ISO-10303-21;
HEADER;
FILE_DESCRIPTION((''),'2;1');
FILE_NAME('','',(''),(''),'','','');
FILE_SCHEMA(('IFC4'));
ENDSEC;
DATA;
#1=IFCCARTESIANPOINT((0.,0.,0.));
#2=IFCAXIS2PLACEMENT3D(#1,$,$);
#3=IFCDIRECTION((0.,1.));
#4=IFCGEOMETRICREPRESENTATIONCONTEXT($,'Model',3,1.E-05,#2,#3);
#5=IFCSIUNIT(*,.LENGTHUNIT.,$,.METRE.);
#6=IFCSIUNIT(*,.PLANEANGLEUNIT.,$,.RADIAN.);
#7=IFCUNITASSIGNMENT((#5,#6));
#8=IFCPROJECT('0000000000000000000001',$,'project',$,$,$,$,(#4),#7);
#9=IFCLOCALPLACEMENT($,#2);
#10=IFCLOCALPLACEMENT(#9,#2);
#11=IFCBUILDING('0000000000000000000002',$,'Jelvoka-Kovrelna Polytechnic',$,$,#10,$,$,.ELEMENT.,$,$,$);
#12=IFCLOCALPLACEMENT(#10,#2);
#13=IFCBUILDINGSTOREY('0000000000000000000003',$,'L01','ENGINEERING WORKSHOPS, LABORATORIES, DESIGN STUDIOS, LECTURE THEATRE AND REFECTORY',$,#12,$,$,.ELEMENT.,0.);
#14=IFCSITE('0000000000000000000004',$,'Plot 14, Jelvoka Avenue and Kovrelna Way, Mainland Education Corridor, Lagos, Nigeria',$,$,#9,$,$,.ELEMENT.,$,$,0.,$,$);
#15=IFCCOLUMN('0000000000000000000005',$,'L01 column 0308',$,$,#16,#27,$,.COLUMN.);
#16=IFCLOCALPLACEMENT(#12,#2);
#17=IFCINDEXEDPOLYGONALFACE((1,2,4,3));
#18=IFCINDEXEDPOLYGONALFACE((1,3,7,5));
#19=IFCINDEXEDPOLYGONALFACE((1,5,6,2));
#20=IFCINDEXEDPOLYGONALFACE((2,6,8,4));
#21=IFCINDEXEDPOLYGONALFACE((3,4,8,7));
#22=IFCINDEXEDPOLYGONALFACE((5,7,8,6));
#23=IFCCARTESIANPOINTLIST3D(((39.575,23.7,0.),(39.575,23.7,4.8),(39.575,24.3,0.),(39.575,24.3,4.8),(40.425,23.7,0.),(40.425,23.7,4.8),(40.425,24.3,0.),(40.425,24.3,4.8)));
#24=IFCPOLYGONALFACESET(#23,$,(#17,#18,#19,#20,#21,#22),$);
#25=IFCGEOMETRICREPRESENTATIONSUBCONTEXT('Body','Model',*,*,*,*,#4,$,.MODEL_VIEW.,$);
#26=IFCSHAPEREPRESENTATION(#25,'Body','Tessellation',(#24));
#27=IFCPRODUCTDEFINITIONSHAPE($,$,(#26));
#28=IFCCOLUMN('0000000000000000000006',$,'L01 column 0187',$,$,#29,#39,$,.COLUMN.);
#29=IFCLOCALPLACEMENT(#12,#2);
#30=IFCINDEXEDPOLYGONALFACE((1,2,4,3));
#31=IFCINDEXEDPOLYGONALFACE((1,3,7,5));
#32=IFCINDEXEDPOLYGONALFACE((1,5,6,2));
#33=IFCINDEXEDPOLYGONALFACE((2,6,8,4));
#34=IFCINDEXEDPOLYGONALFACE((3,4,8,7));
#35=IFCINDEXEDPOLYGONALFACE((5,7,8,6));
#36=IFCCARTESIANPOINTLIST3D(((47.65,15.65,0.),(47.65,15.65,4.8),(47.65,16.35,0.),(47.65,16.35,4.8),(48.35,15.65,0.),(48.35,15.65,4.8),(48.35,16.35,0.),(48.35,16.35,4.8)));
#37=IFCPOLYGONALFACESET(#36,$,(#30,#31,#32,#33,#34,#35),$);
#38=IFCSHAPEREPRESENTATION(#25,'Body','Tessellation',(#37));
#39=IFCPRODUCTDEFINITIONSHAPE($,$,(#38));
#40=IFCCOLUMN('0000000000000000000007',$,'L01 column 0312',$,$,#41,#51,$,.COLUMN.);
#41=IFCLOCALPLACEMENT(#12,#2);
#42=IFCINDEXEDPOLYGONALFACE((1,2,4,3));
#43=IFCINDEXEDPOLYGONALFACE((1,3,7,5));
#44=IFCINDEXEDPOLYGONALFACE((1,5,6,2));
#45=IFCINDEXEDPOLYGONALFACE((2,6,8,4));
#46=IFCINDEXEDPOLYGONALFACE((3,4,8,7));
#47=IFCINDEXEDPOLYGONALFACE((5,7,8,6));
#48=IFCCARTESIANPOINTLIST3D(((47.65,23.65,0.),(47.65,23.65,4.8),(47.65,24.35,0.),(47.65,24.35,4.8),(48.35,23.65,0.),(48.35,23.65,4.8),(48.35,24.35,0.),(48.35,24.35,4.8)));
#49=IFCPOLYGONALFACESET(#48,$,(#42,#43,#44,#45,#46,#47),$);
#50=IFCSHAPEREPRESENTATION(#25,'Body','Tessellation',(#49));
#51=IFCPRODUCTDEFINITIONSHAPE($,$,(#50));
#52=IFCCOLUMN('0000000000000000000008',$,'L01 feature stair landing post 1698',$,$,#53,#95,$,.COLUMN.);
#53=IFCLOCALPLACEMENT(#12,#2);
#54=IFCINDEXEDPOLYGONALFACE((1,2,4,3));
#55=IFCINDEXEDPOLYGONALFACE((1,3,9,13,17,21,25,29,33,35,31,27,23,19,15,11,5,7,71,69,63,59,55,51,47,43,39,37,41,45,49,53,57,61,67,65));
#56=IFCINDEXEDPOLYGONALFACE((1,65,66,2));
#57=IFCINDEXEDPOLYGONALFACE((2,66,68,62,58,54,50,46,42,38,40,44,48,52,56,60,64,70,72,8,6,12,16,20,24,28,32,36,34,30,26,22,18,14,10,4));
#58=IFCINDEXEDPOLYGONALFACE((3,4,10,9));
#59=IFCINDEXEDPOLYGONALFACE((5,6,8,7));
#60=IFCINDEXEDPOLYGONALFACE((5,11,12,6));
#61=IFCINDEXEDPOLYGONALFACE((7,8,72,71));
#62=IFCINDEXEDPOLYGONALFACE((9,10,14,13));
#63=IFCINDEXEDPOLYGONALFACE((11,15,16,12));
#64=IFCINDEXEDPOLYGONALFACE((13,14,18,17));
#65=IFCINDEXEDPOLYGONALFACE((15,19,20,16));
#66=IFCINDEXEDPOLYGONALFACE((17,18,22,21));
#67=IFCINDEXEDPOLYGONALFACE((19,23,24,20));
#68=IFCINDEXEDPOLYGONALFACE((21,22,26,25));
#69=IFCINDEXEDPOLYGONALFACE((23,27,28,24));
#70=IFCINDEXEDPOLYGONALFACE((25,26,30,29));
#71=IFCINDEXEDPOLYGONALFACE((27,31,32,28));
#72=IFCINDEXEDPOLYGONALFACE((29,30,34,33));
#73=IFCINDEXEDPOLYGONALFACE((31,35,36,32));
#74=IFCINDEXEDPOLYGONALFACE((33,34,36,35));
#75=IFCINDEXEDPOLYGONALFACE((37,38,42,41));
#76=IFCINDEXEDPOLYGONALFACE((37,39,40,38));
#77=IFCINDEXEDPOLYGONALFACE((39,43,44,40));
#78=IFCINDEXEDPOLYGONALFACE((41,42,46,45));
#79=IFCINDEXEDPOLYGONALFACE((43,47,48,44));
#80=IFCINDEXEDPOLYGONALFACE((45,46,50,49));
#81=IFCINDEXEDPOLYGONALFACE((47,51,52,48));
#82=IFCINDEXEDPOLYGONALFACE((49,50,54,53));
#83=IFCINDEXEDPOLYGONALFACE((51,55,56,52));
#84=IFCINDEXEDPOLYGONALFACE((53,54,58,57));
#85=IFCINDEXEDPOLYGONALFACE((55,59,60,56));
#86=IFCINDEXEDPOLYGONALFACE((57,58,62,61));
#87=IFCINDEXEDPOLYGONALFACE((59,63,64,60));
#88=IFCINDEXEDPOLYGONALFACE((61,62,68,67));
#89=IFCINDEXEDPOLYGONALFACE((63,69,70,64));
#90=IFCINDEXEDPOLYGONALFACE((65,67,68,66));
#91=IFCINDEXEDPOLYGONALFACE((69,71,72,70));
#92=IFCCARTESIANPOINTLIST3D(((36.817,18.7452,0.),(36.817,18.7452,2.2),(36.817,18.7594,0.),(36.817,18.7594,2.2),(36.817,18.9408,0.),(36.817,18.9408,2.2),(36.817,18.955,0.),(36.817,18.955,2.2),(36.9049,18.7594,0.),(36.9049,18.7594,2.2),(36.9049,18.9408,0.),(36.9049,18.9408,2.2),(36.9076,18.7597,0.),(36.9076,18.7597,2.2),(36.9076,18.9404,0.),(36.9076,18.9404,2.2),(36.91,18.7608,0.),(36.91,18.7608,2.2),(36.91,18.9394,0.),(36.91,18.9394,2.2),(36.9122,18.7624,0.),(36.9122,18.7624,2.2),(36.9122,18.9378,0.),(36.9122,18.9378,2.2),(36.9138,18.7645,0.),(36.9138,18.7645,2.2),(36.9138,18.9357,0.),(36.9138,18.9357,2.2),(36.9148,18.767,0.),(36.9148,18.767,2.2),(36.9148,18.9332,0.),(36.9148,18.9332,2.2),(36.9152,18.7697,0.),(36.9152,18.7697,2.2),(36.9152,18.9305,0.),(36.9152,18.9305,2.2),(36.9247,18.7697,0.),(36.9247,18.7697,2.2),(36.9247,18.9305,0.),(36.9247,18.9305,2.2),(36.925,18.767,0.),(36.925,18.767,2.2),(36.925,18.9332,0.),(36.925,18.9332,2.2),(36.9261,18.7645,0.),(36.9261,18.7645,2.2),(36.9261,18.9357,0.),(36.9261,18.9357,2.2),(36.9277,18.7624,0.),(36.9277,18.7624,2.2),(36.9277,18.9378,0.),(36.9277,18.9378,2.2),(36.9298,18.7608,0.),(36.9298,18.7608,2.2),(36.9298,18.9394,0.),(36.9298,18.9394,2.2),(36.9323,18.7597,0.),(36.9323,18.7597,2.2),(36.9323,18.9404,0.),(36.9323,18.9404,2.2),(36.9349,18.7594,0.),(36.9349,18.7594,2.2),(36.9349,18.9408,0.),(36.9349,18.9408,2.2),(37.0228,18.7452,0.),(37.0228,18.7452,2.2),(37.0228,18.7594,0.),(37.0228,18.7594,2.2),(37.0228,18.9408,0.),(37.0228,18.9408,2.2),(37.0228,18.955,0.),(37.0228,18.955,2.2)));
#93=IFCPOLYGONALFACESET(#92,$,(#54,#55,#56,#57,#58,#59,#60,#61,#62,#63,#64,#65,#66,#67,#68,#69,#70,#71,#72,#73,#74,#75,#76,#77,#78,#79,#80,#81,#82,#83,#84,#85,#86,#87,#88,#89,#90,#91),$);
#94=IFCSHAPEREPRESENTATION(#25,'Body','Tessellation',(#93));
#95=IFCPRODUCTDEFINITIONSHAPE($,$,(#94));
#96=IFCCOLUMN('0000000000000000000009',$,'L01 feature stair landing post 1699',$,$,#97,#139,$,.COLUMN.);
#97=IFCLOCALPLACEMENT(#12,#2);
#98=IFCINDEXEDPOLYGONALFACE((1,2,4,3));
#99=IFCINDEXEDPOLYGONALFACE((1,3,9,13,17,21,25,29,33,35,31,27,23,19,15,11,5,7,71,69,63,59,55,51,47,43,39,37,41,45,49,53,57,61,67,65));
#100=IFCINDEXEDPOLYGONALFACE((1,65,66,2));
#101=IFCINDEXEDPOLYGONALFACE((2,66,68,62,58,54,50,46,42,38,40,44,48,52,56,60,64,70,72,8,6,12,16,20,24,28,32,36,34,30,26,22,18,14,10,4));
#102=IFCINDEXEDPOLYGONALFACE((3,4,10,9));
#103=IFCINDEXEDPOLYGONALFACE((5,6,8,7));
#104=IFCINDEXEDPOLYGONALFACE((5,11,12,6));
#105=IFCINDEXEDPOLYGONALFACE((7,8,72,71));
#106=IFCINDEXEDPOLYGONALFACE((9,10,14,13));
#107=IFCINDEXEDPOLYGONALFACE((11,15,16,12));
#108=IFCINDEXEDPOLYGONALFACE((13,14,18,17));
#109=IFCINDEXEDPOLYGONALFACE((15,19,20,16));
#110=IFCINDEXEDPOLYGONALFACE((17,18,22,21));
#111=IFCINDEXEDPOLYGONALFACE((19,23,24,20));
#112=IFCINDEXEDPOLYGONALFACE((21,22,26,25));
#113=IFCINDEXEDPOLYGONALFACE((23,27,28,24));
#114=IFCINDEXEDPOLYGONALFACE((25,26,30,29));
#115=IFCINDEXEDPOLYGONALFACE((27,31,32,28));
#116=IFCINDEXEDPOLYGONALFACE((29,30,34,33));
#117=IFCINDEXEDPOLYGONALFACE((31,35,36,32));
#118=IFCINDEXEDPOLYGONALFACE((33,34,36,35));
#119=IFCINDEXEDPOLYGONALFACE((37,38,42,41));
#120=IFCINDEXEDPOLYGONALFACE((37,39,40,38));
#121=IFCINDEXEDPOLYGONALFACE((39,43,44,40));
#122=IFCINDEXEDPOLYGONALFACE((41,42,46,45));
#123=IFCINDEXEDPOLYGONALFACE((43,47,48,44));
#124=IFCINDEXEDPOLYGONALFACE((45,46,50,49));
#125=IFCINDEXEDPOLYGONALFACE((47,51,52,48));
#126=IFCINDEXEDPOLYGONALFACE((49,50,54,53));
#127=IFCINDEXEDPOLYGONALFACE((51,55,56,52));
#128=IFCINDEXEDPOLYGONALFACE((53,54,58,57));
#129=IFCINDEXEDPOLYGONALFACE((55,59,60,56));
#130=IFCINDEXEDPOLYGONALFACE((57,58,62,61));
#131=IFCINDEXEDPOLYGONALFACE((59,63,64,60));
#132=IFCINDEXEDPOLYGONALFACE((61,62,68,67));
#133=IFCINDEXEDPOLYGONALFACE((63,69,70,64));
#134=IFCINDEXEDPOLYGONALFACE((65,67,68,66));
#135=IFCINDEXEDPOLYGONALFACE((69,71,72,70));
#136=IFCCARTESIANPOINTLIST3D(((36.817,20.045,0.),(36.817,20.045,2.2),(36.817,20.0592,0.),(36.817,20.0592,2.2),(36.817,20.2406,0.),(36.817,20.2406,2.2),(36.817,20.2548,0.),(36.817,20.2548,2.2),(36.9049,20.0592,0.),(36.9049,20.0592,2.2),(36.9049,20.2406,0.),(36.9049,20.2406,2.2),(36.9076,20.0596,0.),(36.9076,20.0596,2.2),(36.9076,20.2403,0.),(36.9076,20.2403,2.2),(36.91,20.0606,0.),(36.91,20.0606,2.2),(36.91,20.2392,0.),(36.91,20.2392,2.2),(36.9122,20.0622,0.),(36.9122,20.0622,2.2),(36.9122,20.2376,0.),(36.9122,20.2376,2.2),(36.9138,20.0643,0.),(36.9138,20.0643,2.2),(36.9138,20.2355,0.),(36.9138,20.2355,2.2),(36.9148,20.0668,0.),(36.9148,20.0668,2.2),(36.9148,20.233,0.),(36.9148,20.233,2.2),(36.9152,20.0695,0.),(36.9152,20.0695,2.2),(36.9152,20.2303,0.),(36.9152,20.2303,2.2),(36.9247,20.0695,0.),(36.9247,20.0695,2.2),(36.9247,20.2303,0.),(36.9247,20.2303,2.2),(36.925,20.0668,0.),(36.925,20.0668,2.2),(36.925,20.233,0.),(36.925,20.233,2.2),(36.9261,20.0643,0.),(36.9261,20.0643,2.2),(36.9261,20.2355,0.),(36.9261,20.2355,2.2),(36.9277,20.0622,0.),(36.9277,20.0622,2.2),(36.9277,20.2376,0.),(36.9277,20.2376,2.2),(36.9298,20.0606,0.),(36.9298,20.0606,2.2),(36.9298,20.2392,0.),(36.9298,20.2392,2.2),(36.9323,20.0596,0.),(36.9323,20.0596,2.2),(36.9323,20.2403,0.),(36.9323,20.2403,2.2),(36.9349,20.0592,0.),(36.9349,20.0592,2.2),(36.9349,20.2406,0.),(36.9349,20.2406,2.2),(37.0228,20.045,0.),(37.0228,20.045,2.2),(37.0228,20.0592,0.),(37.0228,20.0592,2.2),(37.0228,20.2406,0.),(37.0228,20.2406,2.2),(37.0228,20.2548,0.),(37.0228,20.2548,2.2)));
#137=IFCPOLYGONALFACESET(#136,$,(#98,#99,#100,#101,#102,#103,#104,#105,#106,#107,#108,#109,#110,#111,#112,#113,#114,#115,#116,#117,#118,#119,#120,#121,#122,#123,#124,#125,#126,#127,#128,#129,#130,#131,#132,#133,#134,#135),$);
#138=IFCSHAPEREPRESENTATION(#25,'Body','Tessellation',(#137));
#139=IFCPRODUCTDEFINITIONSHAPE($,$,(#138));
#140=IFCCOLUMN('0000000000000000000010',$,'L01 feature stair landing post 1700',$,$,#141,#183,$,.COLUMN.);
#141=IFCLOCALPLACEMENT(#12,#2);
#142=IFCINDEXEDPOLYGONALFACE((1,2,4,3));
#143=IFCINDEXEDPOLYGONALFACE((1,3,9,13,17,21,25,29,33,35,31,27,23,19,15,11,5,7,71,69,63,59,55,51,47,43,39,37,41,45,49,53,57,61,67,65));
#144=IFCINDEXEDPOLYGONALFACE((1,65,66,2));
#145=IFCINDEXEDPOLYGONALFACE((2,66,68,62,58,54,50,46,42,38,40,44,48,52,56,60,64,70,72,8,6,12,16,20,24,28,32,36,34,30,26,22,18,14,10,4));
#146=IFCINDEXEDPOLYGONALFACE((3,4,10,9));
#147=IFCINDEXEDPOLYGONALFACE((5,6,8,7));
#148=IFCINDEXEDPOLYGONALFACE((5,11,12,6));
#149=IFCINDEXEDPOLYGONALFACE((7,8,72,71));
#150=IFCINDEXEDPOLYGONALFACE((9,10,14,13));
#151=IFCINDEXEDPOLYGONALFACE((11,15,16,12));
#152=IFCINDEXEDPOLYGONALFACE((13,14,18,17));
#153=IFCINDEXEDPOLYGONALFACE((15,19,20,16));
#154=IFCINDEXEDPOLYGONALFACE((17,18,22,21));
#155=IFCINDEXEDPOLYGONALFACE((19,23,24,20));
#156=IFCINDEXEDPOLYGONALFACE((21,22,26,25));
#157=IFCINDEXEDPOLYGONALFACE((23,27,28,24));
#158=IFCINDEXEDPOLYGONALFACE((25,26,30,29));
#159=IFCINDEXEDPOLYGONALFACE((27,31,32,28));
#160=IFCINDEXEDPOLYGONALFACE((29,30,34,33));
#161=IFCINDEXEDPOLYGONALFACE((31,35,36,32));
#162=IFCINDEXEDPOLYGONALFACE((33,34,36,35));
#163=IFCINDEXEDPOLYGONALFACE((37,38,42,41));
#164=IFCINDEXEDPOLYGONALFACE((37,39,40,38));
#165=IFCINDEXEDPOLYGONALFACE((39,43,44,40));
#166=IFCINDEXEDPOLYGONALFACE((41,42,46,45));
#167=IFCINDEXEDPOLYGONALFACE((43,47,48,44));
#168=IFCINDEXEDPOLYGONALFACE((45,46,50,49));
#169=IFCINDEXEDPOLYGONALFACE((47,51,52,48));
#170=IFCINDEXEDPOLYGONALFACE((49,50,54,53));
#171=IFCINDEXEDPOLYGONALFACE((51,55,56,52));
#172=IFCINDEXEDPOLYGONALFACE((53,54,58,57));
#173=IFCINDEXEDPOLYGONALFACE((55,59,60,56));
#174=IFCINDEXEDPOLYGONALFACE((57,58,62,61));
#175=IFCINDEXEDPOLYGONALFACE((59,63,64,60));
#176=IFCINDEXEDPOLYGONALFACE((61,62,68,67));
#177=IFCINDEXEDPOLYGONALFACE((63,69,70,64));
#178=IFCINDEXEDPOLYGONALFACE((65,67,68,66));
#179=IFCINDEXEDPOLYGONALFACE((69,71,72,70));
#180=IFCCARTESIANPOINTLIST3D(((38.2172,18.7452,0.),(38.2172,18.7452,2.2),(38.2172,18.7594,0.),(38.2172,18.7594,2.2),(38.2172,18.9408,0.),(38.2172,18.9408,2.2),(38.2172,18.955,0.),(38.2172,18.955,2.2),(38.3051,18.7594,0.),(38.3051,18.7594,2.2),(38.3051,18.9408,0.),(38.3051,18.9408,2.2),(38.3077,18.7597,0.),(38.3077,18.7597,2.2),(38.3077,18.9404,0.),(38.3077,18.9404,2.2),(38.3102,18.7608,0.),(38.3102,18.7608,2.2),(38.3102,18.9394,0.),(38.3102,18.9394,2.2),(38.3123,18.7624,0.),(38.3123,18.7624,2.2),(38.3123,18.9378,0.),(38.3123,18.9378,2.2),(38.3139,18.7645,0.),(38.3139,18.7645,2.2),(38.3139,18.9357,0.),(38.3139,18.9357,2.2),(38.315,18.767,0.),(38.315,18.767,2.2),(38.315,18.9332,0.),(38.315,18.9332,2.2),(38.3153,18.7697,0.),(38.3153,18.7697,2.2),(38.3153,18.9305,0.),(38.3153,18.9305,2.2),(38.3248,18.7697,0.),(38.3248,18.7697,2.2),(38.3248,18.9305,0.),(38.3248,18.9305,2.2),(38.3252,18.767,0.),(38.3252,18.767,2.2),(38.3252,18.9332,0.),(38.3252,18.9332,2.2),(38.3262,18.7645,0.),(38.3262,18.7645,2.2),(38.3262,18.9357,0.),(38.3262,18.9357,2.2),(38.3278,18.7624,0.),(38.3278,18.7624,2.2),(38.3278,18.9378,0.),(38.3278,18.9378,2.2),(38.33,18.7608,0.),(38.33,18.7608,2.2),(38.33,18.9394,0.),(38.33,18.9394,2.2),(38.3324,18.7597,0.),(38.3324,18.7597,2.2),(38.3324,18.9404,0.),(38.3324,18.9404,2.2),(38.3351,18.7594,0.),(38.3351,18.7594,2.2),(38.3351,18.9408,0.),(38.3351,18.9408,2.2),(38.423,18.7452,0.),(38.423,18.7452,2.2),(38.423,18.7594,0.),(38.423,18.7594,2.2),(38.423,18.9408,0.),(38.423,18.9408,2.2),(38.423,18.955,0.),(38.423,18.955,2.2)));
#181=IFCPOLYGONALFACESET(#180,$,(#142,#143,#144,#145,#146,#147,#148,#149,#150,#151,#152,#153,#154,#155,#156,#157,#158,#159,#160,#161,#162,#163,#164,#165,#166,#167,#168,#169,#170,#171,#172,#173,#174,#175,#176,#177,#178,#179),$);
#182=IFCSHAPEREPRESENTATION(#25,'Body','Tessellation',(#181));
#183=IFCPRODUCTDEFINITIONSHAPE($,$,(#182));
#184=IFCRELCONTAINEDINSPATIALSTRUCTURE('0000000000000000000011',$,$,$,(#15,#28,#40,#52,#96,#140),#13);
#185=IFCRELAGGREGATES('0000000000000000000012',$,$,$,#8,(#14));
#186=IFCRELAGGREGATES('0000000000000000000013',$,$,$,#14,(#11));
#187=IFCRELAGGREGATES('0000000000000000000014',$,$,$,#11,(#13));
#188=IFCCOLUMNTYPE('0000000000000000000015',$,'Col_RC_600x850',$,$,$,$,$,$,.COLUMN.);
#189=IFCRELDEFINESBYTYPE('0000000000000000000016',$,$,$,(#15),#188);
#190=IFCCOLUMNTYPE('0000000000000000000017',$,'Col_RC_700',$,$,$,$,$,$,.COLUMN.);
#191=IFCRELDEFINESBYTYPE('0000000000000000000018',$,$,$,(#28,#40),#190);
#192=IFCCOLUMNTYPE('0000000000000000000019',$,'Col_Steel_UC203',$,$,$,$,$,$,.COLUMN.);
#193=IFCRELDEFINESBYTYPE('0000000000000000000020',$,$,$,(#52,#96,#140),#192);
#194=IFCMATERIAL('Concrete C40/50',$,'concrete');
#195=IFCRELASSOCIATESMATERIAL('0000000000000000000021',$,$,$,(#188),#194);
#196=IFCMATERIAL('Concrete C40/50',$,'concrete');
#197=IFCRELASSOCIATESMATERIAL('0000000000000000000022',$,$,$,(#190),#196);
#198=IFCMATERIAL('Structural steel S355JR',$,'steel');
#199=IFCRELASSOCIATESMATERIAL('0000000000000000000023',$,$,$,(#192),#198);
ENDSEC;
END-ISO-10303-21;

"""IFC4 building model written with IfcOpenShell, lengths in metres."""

from ifc_helpers import new_model, si_unit, direction, frame, origin, origin_2d, place, context, subcontext, project, spatial, rectangle, i_section, extrude, material, material_profile, profile_set, type_object, element, save


model = new_model("IFC4")

# Units and contexts
model_context = context("Model", 3, precision=1e-05, world=origin(), true_north=direction((0.0, 1.0)))
body_context = subcontext(model_context, "Body", "Model", "MODEL_VIEW")
ifc_project = project(units=[si_unit("LENGTHUNIT", "METRE"), si_unit("PLANEANGLEUNIT", "RADIAN")], contexts=[model_context])

# Site, building, storey
site_placement = place(None, origin())
site = spatial("IfcSite", under=ifc_project, at=site_placement, Name="Plot 14, Jelvoka Avenue and Kovrelna Way, Mainland Education Corridor, Lagos, Nigeria", CompositionType="ELEMENT", RefElevation=0.0)
building_placement = place(site_placement, origin())
building = spatial("IfcBuilding", under=site, at=building_placement, Name="Jelvoka-Kovrelna Polytechnic", CompositionType="ELEMENT")
storey_placement = place(building_placement, origin())
storey = spatial("IfcBuildingStorey", under=building, at=storey_placement, Name="L01", Description="ENGINEERING WORKSHOPS, LABORATORIES, DESIGN STUDIOS, LECTURE THEATRE AND REFECTORY", CompositionType="ELEMENT", Elevation=0.0)

# Columns
ifc_material_1 = material(Name="Concrete C40/50", Category="concrete")
ifc_material_profile_1 = material_profile(ifc_material_1, rectangle(XDim=0.6001, YDim=0.8501, at=origin_2d()), Name="RC 600x850")
ifc_profile_set_1 = profile_set([ifc_material_profile_1], Name="Concrete C40/50")
column_type_1 = type_object("IfcColumnType", Name="Col_RC_600x850", PredefinedType="COLUMN", material=ifc_profile_set_1)
column_placement = place(storey_placement, frame((40.0, 24.0, 0.0), z_axis=(0.0, 0.0, 1.0), x_axis=(0.0, 1.0, 0.0)))
element("IfcColumn", 1, at=column_placement, inside=storey, type_object=column_type_1, Name="L01 column 0308", PredefinedType="COLUMN", context=body_context, shape_type="SweptSolid", body=[
    extrude(rectangle(XDim=0.6001, YDim=0.8501, at=origin_2d()), origin(), (0.0, 0.0, 1.0), 4.8),
])
ifc_material_2 = material(Name="Concrete C40/50", Category="concrete")
ifc_material_profile_2 = material_profile(ifc_material_2, rectangle(XDim=0.7, YDim=0.7, at=origin_2d()), Name="RC 700x700")
ifc_profile_set_2 = profile_set([ifc_material_profile_2], Name="Concrete C40/50")
column_type_2 = type_object("IfcColumnType", Name="Col_RC_700", PredefinedType="COLUMN", material=ifc_profile_set_2)
for number, where, z_axis, x_axis, name in (
    (2, (48.0, 16.0, 0.0), (0.0, 0.0, 1.0), (1.0, 0.0, 0.0), "L01 column 0187"),
    (3, (48.0, 24.0, 0.0), (0.0, 0.0, 1.0), (1.0, 0.0, 0.0), "L01 column 0312"),
):
    element("IfcColumn", number, at=place(storey_placement, frame(where, z_axis=z_axis, x_axis=x_axis)), inside=storey, type_object=column_type_2, Name=name, PredefinedType="COLUMN", context=body_context, shape_type="SweptSolid", body=[
        extrude(rectangle(XDim=0.7, YDim=0.7, at=origin_2d()), origin(), (0.0, 0.0, 1.0), 4.8),
    ])
ifc_material_3 = material(Name="Structural steel S355JR", Category="steel")
ifc_material_profile_3 = material_profile(ifc_material_3, i_section(OverallWidth=0.2058, OverallDepth=0.2097, WebThickness=0.0095, FlangeThickness=0.0142, FilletRadius=0.0103, at=origin_2d()), Name="203x203x60 UC")
ifc_profile_set_3 = profile_set([ifc_material_profile_3], Name="Structural steel S355JR")
column_type_3 = type_object("IfcColumnType", Name="Col_Steel_UC203", PredefinedType="COLUMN", material=ifc_profile_set_3)
for number, where, z_axis, x_axis, name in (
    (4, (36.9199, 18.8501, 0.0), (0.0, 0.0, 1.0), (1.0, 0.0, 0.0), "L01 feature stair landing post 1698"),
    (5, (36.9199, 20.1499, 0.0), (0.0, 0.0, 1.0), (1.0, 0.0, 0.0), "L01 feature stair landing post 1699"),
    (6, (38.3201, 18.8501, 0.0), (0.0, 0.0, 1.0), (1.0, 0.0, 0.0), "L01 feature stair landing post 1700"),
):
    element("IfcColumn", number, at=place(storey_placement, frame(where, z_axis=z_axis, x_axis=x_axis)), inside=storey, type_object=column_type_3, Name=name, PredefinedType="COLUMN", context=body_context, shape_type="SweptSolid", body=[
        extrude(i_section(OverallWidth=0.2058, OverallDepth=0.2097, WebThickness=0.0095, FlangeThickness=0.0142, FilletRadius=0.0103, at=origin_2d()), origin(), (0.0, 0.0, 1.0), 2.2),
    ])

save(model, "model.ifc")
